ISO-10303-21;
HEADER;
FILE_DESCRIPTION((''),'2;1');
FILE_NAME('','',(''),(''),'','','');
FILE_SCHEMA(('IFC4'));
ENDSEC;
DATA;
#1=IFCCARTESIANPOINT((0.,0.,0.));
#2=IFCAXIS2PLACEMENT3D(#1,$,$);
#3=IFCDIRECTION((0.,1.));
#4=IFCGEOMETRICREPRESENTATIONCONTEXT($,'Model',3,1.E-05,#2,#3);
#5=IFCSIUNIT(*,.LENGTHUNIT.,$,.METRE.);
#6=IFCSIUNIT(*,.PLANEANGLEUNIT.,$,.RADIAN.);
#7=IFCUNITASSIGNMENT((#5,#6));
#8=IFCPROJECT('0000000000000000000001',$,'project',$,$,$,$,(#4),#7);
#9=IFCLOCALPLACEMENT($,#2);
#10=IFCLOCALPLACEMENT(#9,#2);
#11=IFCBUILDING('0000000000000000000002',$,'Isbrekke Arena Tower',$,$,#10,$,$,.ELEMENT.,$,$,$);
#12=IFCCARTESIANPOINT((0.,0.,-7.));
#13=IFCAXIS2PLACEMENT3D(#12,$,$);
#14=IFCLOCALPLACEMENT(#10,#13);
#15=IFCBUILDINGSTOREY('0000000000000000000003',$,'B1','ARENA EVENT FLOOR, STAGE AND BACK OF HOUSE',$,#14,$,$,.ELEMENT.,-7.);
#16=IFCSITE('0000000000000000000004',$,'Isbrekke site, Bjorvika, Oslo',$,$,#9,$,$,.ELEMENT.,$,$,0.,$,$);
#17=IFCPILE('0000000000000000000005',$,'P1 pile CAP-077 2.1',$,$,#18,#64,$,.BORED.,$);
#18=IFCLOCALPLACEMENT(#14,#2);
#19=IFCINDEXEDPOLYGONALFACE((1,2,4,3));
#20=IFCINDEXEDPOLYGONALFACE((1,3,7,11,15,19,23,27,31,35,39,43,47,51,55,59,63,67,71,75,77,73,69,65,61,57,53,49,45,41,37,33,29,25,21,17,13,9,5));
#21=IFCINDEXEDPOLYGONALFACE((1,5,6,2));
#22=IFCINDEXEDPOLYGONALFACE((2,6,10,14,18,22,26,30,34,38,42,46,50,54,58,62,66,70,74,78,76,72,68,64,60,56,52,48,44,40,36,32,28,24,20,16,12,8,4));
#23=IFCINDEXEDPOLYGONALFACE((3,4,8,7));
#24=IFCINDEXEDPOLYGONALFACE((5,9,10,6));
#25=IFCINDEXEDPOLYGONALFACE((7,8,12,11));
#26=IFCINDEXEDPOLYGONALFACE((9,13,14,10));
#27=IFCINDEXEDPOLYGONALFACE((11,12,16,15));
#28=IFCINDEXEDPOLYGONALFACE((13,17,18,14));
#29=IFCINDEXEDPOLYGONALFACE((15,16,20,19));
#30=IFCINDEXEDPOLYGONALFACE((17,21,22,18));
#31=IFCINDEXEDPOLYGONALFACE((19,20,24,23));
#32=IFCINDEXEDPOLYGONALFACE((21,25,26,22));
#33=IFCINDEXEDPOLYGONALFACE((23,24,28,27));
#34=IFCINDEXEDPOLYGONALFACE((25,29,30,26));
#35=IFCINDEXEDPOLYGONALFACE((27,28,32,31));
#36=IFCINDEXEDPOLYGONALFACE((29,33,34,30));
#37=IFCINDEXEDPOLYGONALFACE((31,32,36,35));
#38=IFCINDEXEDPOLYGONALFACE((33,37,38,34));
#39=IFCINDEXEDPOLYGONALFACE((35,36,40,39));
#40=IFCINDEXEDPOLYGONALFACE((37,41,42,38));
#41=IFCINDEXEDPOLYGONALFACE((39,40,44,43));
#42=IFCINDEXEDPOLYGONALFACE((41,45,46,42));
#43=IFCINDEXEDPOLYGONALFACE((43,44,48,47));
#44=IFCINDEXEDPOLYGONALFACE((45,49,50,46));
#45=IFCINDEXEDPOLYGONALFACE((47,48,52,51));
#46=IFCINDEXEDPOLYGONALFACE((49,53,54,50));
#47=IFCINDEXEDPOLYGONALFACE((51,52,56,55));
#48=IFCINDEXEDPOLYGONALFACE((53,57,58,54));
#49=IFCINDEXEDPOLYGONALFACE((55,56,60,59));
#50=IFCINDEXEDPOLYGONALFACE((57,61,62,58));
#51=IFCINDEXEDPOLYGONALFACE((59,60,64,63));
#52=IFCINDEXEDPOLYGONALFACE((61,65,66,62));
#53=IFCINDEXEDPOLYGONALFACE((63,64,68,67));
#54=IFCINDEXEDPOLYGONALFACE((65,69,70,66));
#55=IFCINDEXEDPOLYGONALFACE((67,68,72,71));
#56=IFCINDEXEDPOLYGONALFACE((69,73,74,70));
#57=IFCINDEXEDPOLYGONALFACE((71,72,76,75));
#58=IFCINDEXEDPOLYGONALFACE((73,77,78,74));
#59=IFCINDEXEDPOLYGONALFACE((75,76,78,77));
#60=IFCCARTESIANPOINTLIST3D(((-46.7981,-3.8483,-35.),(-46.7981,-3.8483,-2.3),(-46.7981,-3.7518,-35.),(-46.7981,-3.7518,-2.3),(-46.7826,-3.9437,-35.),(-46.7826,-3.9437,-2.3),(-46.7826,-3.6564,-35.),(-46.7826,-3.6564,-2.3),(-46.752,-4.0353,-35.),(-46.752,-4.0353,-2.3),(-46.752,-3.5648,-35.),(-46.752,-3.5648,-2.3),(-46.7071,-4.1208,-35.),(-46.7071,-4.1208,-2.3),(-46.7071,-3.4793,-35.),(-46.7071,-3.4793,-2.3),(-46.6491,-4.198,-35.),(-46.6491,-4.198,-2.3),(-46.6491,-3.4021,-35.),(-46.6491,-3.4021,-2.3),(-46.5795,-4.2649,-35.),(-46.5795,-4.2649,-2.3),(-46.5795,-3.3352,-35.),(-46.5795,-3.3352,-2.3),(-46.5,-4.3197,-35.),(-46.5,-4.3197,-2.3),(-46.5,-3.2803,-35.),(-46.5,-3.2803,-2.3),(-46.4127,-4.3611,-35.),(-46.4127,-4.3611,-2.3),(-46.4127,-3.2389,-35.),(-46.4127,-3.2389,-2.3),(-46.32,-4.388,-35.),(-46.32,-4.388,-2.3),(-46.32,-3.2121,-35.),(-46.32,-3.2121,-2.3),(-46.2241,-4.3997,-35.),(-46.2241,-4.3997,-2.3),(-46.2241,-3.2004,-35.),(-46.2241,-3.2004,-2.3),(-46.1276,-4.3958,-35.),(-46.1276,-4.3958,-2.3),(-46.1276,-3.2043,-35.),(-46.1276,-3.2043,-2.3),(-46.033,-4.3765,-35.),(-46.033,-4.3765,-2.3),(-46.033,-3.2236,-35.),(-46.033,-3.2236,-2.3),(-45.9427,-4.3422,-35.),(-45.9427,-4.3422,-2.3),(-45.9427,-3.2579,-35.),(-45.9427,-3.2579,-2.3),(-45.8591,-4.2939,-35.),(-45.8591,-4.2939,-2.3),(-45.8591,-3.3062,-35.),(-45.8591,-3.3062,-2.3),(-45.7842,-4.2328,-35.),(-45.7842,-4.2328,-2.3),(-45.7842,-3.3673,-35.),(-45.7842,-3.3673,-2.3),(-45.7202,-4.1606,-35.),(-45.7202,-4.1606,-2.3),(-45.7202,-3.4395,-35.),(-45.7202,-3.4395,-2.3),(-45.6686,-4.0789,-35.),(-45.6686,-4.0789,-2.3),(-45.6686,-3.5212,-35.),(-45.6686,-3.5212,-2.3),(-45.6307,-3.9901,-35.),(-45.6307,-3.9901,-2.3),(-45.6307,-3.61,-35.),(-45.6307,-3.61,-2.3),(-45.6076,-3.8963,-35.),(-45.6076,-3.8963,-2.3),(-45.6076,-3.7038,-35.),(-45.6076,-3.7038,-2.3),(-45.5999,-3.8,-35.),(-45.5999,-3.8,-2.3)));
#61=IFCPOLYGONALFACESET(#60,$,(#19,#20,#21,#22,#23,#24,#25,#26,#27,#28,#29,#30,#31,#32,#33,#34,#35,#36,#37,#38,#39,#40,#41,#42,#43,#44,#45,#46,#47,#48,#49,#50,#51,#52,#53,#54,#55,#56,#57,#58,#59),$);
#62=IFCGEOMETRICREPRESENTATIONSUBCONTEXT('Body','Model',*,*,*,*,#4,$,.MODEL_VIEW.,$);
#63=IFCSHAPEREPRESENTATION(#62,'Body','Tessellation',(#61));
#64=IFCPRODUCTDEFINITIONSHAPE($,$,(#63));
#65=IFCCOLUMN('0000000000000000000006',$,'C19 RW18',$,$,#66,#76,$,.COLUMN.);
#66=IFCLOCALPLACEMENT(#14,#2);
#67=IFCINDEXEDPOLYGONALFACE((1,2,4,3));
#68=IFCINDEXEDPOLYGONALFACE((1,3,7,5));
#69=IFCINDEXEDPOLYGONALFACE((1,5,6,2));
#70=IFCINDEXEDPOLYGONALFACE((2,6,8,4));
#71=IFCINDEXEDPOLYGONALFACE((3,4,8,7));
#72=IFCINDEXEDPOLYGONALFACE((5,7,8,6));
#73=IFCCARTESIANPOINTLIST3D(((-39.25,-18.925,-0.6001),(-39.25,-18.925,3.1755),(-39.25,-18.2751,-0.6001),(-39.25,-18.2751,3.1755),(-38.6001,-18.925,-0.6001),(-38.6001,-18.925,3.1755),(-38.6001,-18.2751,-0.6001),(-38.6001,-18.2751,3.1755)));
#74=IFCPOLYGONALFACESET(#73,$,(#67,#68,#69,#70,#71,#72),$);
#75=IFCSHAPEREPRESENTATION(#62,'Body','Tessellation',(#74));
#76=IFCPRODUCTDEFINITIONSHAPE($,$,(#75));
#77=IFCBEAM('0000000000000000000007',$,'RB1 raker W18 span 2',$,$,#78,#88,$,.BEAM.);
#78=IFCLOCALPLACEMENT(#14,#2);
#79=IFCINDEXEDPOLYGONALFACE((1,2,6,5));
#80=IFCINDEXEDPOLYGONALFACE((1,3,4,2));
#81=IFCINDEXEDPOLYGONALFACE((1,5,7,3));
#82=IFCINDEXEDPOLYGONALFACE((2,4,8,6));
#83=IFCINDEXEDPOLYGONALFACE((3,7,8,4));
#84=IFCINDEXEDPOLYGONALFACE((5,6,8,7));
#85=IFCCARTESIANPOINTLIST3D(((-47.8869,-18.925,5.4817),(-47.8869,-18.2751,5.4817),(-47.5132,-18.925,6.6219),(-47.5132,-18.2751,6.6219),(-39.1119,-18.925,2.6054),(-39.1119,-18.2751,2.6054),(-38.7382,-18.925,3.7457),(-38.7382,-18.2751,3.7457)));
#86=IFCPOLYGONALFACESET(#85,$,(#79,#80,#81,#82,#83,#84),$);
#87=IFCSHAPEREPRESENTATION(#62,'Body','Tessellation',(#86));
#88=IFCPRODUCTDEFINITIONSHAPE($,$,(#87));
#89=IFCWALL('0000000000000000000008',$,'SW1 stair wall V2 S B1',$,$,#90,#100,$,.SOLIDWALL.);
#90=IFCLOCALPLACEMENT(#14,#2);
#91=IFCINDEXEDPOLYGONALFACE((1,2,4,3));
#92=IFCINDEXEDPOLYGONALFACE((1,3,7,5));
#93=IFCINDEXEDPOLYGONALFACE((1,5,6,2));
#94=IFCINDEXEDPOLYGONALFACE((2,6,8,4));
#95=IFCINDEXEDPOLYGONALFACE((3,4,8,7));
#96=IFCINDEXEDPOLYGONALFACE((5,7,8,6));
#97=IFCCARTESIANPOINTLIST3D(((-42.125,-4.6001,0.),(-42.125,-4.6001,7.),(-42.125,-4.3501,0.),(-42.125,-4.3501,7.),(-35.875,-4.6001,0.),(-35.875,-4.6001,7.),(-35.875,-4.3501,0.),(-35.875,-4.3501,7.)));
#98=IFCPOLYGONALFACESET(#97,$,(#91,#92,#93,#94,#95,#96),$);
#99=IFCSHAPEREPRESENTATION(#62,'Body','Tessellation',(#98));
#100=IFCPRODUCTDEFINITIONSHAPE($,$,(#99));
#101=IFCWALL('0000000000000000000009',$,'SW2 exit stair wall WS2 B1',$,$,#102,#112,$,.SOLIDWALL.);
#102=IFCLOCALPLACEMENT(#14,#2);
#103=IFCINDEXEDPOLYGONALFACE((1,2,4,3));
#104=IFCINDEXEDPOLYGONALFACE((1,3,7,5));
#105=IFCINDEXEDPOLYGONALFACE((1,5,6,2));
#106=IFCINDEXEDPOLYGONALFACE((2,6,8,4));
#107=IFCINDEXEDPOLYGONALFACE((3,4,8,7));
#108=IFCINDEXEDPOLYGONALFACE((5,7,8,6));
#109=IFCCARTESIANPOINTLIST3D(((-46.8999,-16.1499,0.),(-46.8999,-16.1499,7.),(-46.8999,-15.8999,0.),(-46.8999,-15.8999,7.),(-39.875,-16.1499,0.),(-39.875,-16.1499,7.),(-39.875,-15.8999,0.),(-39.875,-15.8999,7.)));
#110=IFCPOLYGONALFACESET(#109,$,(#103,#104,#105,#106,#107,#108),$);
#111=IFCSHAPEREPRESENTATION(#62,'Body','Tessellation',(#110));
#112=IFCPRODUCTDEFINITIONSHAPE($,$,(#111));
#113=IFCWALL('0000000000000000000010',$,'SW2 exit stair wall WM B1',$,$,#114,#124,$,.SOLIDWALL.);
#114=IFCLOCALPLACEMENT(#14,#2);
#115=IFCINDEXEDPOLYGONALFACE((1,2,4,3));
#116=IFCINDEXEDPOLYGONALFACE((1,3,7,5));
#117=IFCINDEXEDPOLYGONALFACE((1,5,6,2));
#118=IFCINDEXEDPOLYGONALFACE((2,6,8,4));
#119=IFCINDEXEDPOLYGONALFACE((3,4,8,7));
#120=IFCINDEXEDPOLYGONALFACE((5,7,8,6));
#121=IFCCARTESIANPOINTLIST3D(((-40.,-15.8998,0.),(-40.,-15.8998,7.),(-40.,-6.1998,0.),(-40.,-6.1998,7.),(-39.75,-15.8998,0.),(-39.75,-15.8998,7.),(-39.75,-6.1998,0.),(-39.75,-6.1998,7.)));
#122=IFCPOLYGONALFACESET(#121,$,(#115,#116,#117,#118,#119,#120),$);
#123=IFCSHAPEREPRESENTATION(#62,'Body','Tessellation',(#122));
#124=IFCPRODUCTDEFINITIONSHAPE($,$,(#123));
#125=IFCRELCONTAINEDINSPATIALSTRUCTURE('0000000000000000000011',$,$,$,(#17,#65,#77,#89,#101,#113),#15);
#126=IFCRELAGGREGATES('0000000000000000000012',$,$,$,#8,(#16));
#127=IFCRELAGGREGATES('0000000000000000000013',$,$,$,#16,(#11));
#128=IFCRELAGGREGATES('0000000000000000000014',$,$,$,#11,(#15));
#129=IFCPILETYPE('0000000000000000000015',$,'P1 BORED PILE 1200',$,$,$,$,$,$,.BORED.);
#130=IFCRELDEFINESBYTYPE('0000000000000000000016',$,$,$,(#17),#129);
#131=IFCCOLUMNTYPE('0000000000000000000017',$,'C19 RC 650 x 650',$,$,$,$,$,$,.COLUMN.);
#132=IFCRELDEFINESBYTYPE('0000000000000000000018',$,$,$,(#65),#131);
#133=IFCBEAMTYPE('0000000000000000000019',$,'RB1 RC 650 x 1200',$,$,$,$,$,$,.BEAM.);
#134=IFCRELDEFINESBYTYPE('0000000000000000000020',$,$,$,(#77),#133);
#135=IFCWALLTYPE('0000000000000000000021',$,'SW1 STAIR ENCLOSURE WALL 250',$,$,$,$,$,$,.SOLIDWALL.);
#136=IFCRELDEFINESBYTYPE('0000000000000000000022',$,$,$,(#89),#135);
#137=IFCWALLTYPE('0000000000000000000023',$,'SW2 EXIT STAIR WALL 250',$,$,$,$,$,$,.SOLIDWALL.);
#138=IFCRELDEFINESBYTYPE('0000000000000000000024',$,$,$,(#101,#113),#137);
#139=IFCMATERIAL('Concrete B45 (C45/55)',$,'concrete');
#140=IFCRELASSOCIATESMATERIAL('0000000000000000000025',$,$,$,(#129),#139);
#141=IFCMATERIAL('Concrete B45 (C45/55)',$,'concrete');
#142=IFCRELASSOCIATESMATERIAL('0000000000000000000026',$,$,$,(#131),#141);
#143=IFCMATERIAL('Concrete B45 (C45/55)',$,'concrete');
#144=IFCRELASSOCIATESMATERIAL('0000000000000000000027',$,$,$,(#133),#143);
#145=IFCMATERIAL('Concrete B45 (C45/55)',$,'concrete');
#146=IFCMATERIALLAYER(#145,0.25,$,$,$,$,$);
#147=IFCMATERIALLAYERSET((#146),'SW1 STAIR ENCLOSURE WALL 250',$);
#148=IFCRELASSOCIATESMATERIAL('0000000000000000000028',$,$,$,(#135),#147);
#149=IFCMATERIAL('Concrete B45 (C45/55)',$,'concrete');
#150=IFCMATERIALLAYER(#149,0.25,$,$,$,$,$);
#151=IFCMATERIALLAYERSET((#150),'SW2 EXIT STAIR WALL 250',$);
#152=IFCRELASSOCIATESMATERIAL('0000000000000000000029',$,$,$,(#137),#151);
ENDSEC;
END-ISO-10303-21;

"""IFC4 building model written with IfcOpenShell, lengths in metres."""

from ifc_helpers import new_model, si_unit, direction, frame, frame_2d, origin, origin_2d, place, context, subcontext, project, spatial, rectangle, circle, extrude, material, layer, layer_set, material_profile, profile_set, type_object, element, save


model = new_model("IFC4")

# Units and contexts
model_context = context("Model", 3, precision=1e-05, world=origin(), true_north=direction((0.0, 1.0)))
body_context = subcontext(model_context, "Body", "Model", "MODEL_VIEW")
ifc_project = project(units=[si_unit("LENGTHUNIT", "METRE"), si_unit("PLANEANGLEUNIT", "RADIAN")], contexts=[model_context])

# Site, building, storey
site_placement = place(None, origin())
site = spatial("IfcSite", under=ifc_project, at=site_placement, Name="Isbrekke site, Bjorvika, Oslo", CompositionType="ELEMENT", RefElevation=0.0)
building_placement = place(site_placement, origin())
building = spatial("IfcBuilding", under=site, at=building_placement, Name="Isbrekke Arena Tower", CompositionType="ELEMENT")
storey_placement = place(building_placement, frame((0.0, 0.0, -7.0)))
storey = spatial("IfcBuildingStorey", under=building, at=storey_placement, Name="B1", Description="ARENA EVENT FLOOR, STAGE AND BACK OF HOUSE", CompositionType="ELEMENT", Elevation=-7.0)

# Pile
ifc_material_1 = material(Name="Concrete B45 (C45/55)", Category="concrete")
ifc_material_profile_1 = material_profile(ifc_material_1, circle(Radius=0.6001, at=origin_2d()), Name="BORED PILE D1200")
ifc_profile_set_1 = profile_set([ifc_material_profile_1], Name="Concrete B45 (C45/55)")
pile_type = type_object("IfcPileType", Name="P1 BORED PILE 1200", PredefinedType="BORED", material=ifc_profile_set_1)
for number, where, z_axis, x_axis, name in (
    (1, (-46.2, -3.8, -2.3), (0.0, 0.0, -1.0), (1.0, 0.0, 0.0), "P1 pile CAP-077 2.1"),
):
    element("IfcPile", number, at=place(storey_placement, frame(where, z_axis=z_axis, x_axis=x_axis)), inside=storey, type_object=pile_type, Name=name, PredefinedType="BORED", context=body_context, shape_type="SweptSolid", body=[
        extrude(circle(Radius=0.6001, at=origin_2d()), origin(), (0.0, 0.0, 1.0), 32.7),
    ])

# Column
ifc_material_2 = material(Name="Concrete B45 (C45/55)", Category="concrete")
ifc_material_profile_2 = material_profile(ifc_material_2, rectangle(XDim=0.6499, YDim=0.6499, at=origin_2d()), Name="RC 650x650")
ifc_profile_set_2 = profile_set([ifc_material_profile_2], Name="Concrete B45 (C45/55)")
column_type = type_object("IfcColumnType", Name="C19 RC 650 x 650", PredefinedType="COLUMN", material=ifc_profile_set_2)
column_placement = place(storey_placement, frame((-38.925, -18.6001, -0.6001), z_axis=(0.0, 0.0, 1.0), x_axis=(1.0, 0.0, 0.0)))
element("IfcColumn", 2, at=column_placement, inside=storey, type_object=column_type, Name="C19 RW18", PredefinedType="COLUMN", context=body_context, shape_type="SweptSolid", body=[
    extrude(rectangle(XDim=0.6499, YDim=0.6499, at=origin_2d()), origin(), (0.0, 0.0, 1.0), 3.7756),
])

# Beam
ifc_material_3 = material(Name="Concrete B45 (C45/55)", Category="concrete")
ifc_material_profile_3 = material_profile(ifc_material_3, rectangle(XDim=0.6499, YDim=1.2, at=origin_2d()), Name="RC 650x1200")
ifc_profile_set_3 = profile_set([ifc_material_profile_3], Name="Concrete B45 (C45/55)")
beam_type = type_object("IfcBeamType", Name="RB1 RC 650 x 1200", PredefinedType="BEAM", material=ifc_profile_set_3)
beam_placement = place(storey_placement, frame((-38.925, -18.6001, 3.1755), z_axis=(-0.950255, 0.0, 0.311473), x_axis=(0.0, -1.0, 0.0)))
element("IfcBeam", 3, at=beam_placement, inside=storey, type_object=beam_type, Name="RB1 raker W18 span 2", PredefinedType="BEAM", context=body_context, shape_type="SweptSolid", body=[
    extrude(rectangle(XDim=0.6499, YDim=1.2, at=origin_2d()), origin(), (0.0, 0.0, 1.0), 9.2344),
])

# Walls
ifc_material_4 = material(Name="Concrete B45 (C45/55)", Category="concrete")
ifc_layer_1 = layer(ifc_material_4, 0.25)
ifc_layer_set_1 = layer_set([ifc_layer_1], Name="SW1 STAIR ENCLOSURE WALL 250")
wall_type_1 = type_object("IfcWallType", Name="SW1 STAIR ENCLOSURE WALL 250", PredefinedType="SOLIDWALL", material=ifc_layer_set_1)
wall_1_placement = place(storey_placement, frame((-42.125, -4.4751, 0.0), z_axis=(0.0, 0.0, 1.0), x_axis=(1.0, 0.0, 0.0)))
element("IfcWall", 4, at=wall_1_placement, inside=storey, type_object=wall_type_1, Name="SW1 stair wall V2 S B1", PredefinedType="SOLIDWALL", context=body_context, shape_type="SweptSolid", body=[
    extrude(rectangle(XDim=6.25, YDim=0.25, at=frame_2d((3.125, 0.0))), origin(), (0.0, 0.0, 1.0), 7.0),
])
ifc_material_5 = material(Name="Concrete B45 (C45/55)", Category="concrete")
ifc_layer_2 = layer(ifc_material_5, 0.25)
ifc_layer_set_2 = layer_set([ifc_layer_2], Name="SW2 EXIT STAIR WALL 250")
wall_type_2 = type_object("IfcWallType", Name="SW2 EXIT STAIR WALL 250", PredefinedType="SOLIDWALL", material=ifc_layer_set_2)
wall_2_placement = place(storey_placement, frame((-39.875, -16.0249, 0.0), z_axis=(0.0, 0.0, 1.0), x_axis=(-1.0, 0.0, 0.0)))
element("IfcWall", 5, at=wall_2_placement, inside=storey, type_object=wall_type_2, Name="SW2 exit stair wall WS2 B1", PredefinedType="SOLIDWALL", context=body_context, shape_type="SweptSolid", body=[
    extrude(rectangle(XDim=7.0249, YDim=0.25, at=frame_2d((3.5125, 0.0))), origin(), (0.0, 0.0, 1.0), 7.0),
])
wall_3_placement = place(storey_placement, frame((-39.875, -15.8999, 0.0), z_axis=(0.0, 0.0, 1.0), x_axis=(0.0, 1.0, 0.0)))
element("IfcWall", 6, at=wall_3_placement, inside=storey, type_object=wall_type_2, Name="SW2 exit stair wall WM B1", PredefinedType="SOLIDWALL", context=body_context, shape_type="SweptSolid", body=[
    extrude(rectangle(XDim=9.7, YDim=0.25, at=frame_2d((4.8501, 0.0))), origin(), (0.0, 0.0, 1.0), 7.0),
])

save(model, "model.ifc")
